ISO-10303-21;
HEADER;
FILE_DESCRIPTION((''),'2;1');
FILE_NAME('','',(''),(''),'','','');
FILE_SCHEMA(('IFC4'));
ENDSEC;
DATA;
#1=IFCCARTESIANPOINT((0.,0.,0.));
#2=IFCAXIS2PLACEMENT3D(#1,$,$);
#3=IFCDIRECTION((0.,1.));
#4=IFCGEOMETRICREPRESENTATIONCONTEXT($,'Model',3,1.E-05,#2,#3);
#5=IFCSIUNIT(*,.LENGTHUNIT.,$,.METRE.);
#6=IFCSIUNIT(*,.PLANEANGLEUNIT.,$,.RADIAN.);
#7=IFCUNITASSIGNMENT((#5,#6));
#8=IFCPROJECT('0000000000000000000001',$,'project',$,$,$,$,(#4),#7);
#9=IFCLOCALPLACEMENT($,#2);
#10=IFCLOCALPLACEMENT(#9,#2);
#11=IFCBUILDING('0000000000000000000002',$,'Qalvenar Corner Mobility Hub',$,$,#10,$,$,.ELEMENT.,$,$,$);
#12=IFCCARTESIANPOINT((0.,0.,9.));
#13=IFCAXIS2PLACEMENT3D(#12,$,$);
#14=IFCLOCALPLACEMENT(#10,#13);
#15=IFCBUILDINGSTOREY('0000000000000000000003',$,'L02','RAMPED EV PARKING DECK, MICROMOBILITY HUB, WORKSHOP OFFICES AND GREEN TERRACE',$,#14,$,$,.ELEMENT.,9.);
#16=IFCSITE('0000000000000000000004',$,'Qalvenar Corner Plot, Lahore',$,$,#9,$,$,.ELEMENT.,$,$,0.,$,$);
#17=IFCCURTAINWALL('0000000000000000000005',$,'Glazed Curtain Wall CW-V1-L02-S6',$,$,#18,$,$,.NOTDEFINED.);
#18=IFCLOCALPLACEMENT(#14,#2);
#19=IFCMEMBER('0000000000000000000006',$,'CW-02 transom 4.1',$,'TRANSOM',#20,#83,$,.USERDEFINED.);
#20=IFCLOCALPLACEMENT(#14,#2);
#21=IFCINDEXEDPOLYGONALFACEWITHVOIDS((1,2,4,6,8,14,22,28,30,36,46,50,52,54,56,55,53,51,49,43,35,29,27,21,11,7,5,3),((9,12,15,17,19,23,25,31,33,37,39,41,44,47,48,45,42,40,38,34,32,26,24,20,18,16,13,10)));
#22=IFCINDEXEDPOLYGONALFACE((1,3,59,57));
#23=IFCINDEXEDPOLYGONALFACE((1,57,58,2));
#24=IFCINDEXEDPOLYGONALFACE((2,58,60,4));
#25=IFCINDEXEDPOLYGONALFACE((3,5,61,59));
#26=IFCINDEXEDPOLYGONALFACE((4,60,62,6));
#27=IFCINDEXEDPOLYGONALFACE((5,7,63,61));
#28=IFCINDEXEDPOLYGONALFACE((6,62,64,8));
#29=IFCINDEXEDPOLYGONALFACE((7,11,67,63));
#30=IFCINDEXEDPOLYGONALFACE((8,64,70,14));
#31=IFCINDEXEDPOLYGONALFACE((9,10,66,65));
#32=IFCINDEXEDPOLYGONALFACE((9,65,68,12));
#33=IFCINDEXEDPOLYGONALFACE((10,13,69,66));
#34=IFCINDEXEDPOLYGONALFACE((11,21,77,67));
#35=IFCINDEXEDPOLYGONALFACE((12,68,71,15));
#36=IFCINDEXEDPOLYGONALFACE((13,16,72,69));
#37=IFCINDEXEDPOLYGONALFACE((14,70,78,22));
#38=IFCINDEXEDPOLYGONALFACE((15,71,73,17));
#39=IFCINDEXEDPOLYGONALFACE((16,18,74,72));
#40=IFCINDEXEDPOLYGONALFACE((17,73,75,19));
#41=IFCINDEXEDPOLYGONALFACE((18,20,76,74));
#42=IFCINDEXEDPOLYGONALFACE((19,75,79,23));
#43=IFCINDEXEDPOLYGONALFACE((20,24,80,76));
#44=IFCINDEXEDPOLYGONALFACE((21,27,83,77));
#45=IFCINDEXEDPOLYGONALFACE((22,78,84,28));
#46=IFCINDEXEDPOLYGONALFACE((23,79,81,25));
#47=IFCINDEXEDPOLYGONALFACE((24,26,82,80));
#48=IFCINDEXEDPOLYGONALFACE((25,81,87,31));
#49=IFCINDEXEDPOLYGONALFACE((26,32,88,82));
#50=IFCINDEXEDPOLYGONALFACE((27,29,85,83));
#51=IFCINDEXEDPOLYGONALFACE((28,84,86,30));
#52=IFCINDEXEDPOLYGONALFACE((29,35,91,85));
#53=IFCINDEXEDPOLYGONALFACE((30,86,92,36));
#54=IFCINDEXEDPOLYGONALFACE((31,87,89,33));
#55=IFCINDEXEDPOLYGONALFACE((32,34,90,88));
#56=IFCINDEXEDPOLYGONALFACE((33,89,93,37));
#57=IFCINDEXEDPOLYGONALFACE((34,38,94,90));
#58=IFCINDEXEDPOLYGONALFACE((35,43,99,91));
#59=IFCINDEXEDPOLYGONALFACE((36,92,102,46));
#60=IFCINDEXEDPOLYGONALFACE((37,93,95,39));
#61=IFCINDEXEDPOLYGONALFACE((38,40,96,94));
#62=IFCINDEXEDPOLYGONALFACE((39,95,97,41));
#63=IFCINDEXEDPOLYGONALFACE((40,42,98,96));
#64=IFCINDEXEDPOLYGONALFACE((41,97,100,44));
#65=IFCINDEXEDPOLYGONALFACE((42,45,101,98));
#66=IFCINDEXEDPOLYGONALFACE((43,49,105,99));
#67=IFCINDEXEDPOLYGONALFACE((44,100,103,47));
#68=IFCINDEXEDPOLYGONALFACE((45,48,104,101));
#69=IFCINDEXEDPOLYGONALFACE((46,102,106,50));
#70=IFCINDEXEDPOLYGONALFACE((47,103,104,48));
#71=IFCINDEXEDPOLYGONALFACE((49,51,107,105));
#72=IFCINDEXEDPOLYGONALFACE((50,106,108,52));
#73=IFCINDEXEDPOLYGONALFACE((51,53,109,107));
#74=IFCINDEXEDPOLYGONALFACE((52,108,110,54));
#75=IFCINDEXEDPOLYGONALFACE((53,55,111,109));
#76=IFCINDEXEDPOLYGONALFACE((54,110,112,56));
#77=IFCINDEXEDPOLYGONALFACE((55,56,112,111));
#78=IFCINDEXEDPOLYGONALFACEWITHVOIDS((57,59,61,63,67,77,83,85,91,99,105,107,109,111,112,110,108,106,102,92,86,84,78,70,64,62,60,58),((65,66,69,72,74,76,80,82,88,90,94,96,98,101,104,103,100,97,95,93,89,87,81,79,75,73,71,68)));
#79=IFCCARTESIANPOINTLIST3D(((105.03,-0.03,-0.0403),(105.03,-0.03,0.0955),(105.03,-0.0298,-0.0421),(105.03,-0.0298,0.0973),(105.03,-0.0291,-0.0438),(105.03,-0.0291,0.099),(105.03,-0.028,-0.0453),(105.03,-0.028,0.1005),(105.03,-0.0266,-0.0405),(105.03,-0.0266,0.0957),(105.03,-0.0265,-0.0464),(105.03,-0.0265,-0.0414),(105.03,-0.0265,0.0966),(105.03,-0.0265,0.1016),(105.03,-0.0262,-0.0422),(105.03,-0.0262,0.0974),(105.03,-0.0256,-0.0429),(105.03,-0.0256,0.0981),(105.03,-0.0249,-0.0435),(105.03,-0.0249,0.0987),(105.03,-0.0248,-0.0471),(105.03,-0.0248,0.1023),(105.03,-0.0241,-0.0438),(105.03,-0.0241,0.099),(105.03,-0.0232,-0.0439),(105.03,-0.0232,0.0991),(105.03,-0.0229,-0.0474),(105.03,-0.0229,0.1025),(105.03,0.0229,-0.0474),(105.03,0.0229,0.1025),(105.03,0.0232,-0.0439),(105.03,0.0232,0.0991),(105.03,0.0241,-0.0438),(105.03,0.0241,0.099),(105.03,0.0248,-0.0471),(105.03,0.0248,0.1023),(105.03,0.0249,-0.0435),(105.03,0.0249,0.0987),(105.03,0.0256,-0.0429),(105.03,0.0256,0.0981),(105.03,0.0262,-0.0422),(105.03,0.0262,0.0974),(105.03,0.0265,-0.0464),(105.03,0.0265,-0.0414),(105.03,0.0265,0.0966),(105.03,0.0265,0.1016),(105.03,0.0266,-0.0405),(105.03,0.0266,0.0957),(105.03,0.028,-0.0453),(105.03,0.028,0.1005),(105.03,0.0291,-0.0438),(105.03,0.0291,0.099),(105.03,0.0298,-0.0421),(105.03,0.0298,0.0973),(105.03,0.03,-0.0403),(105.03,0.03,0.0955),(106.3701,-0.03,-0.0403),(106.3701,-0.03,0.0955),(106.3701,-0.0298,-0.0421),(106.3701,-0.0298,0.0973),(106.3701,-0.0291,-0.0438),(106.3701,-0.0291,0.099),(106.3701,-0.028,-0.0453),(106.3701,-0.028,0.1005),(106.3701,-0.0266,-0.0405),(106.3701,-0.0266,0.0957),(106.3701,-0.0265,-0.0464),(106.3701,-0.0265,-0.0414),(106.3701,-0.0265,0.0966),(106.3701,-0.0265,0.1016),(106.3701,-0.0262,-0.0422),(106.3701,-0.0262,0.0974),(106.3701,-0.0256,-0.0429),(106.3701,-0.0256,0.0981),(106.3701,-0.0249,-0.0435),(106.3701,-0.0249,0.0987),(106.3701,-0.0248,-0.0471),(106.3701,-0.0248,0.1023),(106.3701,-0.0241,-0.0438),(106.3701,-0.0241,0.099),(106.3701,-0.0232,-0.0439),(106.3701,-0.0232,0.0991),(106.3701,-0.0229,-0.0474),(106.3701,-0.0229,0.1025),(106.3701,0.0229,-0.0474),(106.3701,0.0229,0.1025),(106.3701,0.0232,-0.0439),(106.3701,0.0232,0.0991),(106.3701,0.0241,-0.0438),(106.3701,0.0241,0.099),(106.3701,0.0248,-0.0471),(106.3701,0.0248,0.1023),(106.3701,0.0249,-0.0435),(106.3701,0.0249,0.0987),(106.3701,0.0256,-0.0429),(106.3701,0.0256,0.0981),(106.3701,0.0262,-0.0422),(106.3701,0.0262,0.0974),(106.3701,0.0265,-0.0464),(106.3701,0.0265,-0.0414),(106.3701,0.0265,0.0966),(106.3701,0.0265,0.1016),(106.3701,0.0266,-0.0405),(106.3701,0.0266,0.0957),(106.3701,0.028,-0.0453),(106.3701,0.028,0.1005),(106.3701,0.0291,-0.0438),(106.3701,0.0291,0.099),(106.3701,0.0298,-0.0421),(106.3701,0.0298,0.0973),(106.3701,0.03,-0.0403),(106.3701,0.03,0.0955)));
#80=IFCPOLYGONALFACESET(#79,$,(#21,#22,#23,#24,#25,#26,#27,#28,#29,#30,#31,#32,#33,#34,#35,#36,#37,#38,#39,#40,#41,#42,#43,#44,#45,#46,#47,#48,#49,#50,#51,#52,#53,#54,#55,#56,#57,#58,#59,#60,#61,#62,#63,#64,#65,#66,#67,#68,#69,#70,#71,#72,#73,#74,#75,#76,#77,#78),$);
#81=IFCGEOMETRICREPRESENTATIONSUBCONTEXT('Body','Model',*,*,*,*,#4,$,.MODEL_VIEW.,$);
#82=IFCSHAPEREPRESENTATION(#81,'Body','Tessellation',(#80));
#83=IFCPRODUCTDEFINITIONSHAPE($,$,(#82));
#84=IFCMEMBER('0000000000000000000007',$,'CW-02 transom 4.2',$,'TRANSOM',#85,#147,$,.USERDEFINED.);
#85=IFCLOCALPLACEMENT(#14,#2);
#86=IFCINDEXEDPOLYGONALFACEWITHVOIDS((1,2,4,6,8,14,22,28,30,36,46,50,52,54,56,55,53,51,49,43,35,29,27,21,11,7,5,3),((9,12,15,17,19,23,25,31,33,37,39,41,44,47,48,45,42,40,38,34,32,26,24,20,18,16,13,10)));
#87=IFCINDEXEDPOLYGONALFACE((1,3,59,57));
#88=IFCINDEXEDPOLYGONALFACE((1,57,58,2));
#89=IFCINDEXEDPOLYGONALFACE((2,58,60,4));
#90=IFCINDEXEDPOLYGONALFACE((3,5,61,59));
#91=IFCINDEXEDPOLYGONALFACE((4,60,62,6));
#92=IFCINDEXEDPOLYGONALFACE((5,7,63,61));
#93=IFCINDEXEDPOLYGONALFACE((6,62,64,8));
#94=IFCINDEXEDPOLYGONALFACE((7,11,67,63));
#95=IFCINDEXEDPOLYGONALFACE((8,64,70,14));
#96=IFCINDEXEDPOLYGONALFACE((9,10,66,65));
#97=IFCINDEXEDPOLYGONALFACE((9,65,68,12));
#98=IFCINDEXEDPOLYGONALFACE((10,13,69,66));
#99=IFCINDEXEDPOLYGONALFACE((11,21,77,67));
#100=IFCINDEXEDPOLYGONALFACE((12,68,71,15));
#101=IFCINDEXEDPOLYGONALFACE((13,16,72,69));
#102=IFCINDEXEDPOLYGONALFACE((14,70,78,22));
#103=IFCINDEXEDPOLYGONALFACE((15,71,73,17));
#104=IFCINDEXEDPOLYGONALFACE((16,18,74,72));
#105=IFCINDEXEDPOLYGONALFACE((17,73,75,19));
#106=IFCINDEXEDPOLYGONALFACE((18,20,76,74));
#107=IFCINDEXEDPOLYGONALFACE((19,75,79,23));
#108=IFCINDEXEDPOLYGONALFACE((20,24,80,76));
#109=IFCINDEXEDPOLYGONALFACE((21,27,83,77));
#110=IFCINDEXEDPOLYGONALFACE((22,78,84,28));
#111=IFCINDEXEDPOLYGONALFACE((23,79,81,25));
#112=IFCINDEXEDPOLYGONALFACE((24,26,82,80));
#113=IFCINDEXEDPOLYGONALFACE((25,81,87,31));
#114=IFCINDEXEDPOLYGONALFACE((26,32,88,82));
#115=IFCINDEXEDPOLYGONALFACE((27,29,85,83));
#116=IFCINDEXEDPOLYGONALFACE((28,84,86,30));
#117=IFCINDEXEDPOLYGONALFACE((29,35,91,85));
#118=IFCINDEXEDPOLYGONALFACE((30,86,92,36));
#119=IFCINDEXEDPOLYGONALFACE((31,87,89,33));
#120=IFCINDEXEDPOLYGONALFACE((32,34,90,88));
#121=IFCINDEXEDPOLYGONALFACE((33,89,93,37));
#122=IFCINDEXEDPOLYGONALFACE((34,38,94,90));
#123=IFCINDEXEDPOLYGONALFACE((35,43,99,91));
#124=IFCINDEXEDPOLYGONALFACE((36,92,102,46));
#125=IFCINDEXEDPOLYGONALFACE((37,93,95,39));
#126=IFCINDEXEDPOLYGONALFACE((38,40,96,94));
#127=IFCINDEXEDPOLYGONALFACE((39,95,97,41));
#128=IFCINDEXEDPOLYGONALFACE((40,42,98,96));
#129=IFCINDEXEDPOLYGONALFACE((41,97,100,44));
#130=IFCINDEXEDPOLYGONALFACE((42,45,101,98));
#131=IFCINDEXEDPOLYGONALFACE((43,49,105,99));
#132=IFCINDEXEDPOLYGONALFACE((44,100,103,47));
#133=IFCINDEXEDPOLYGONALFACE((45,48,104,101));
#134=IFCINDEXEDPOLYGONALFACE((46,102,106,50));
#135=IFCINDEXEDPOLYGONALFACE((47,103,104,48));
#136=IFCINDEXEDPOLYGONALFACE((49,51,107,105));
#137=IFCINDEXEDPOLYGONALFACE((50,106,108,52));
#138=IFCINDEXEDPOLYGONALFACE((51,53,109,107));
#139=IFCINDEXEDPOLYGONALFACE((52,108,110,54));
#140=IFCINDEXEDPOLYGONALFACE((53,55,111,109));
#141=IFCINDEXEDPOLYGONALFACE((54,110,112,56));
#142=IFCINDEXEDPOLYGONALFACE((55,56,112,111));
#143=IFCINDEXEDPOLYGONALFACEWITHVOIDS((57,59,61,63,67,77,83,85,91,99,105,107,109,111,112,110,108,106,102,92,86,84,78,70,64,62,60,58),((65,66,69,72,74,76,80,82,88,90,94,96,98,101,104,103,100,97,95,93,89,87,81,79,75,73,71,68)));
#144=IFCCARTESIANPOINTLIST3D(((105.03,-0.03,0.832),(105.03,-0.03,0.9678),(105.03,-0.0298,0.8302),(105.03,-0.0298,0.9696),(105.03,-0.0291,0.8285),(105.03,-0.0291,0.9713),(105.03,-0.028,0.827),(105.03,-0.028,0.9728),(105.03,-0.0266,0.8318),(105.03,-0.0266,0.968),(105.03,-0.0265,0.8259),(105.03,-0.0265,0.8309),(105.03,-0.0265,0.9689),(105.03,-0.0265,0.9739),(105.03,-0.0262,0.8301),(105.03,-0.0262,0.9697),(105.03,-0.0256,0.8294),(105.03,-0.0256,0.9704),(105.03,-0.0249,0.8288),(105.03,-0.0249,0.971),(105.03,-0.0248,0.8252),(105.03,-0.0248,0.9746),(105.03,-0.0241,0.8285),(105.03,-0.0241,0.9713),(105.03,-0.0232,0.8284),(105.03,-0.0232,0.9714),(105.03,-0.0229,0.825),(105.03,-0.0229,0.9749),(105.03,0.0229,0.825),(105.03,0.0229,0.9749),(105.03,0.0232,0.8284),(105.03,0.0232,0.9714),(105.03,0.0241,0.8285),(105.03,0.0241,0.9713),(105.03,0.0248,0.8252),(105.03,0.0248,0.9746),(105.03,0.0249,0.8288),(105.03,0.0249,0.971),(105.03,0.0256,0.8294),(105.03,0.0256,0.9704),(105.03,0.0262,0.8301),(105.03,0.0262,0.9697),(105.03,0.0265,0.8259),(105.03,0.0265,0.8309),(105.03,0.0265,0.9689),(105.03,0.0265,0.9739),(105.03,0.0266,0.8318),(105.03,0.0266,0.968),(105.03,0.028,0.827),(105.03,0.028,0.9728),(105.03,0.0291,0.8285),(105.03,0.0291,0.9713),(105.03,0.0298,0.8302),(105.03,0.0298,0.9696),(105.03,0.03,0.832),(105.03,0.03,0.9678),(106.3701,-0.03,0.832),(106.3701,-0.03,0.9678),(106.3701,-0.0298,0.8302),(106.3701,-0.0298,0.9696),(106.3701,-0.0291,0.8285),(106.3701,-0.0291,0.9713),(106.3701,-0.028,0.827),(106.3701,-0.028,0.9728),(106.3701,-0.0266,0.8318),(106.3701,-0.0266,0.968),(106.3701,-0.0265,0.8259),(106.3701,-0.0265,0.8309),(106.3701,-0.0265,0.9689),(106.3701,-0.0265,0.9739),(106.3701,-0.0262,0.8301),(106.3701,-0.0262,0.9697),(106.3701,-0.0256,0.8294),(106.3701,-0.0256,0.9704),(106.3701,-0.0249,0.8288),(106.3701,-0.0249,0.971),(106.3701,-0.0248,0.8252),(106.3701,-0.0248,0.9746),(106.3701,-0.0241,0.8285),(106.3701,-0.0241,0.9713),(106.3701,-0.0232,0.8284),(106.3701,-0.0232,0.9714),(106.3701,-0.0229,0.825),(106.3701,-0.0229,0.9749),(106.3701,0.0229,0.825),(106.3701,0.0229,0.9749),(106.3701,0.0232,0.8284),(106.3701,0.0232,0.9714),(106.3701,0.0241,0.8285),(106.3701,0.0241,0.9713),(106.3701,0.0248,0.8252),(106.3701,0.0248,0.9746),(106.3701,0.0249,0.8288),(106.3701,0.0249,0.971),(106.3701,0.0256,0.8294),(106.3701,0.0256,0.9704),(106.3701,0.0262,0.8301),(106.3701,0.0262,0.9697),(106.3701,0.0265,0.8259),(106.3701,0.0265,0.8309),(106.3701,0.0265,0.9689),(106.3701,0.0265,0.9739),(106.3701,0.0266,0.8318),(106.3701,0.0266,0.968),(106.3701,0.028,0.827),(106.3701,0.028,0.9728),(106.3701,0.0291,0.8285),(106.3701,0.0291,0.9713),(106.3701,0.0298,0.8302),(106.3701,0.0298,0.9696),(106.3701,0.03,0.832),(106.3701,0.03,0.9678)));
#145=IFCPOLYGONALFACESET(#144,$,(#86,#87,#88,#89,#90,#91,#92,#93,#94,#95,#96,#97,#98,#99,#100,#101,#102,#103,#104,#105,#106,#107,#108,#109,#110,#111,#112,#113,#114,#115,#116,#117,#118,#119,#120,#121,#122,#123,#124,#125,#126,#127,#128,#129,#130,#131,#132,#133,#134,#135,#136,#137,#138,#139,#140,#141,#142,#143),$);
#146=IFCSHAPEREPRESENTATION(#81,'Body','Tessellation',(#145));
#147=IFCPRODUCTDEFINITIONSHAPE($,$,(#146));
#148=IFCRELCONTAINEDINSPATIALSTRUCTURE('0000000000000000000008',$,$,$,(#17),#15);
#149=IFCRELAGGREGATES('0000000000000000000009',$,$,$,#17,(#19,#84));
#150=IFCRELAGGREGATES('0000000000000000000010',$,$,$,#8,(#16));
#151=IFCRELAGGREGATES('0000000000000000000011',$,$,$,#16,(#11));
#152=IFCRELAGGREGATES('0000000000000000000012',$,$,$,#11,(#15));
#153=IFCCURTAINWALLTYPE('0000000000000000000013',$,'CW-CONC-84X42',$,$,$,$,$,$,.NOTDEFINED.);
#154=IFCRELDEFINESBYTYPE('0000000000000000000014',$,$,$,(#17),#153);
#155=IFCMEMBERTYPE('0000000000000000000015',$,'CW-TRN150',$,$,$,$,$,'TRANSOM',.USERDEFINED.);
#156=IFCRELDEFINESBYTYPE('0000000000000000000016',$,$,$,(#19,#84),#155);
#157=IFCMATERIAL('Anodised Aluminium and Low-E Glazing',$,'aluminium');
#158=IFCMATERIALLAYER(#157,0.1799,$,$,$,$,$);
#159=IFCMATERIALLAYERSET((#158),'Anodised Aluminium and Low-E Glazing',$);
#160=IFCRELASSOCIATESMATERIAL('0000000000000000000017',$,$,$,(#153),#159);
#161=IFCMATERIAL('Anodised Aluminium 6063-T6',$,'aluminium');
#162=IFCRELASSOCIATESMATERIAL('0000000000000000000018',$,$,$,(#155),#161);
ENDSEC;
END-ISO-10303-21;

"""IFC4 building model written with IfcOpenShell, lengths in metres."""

from ifc_helpers import new_model, si_unit, direction, frame, origin, origin_2d, place, context, subcontext, project, spatial, hollow_rectangle, extrude, material, layer, layer_set, material_profile, profile_set, type_object, element, aggregate, save


model = new_model("IFC4")

# Units and contexts
model_context = context("Model", 3, precision=1e-05, world=origin(), true_north=direction((0.0, 1.0)))
body_context = subcontext(model_context, "Body", "Model", "MODEL_VIEW")
ifc_project = project(units=[si_unit("LENGTHUNIT", "METRE"), si_unit("PLANEANGLEUNIT", "RADIAN")], contexts=[model_context])

# Site, building, storey
site_placement = place(None, origin())
site = spatial("IfcSite", under=ifc_project, at=site_placement, Name="Qalvenar Corner Plot, Lahore", CompositionType="ELEMENT", RefElevation=0.0)
building_placement = place(site_placement, origin())
building = spatial("IfcBuilding", under=site, at=building_placement, Name="Qalvenar Corner Mobility Hub", CompositionType="ELEMENT")
storey_placement = place(building_placement, frame((0.0, 0.0, 9.0)))
storey = spatial("IfcBuildingStorey", under=building, at=storey_placement, Name="L02", Description="RAMPED EV PARKING DECK, MICROMOBILITY HUB, WORKSHOP OFFICES AND GREEN TERRACE", CompositionType="ELEMENT", Elevation=9.0)

# Curtain wall, members
ifc_material_1 = material(Name="Anodised Aluminium and Low-E Glazing", Category="aluminium")
ifc_layer_1 = layer(ifc_material_1, 0.1799)
ifc_layer_set_1 = layer_set([ifc_layer_1], Name="Anodised Aluminium and Low-E Glazing")
curtain_wall_type = type_object("IfcCurtainWallType", Name="CW-CONC-84X42", PredefinedType="NOTDEFINED", material=ifc_layer_set_1)
curtain_wall_placement = place(storey_placement, origin())
curtain_wall = element("IfcCurtainWall", 1, at=curtain_wall_placement, inside=storey, type_object=curtain_wall_type, Name="Glazed Curtain Wall CW-V1-L02-S6", PredefinedType="NOTDEFINED")
ifc_material_2 = material(Name="Anodised Aluminium 6063-T6", Category="aluminium")
ifc_material_profile_1 = material_profile(ifc_material_2, hollow_rectangle(XDim=0.0601, YDim=0.1499, WallThickness=0.0034, InnerFilletRadius=0.0034, OuterFilletRadius=0.0071, at=origin_2d()), Name="RHS150x60x3.5")
ifc_profile_set_1 = profile_set([ifc_material_profile_1], Name="Anodised Aluminium 6063-T6")
member_type_1 = type_object("IfcMemberType", Name="CW-TRN150", ElementType="TRANSOM", PredefinedType="USERDEFINED", material=ifc_profile_set_1)
member_1_placement = place(storey_placement, frame((105.03, 0.0, 0.0276), z_axis=(1.0, 0.0, 0.0), x_axis=(0.0, 1.0, 0.0)))
member_1 = element("IfcMember", 2, at=member_1_placement, type_object=member_type_1, Name="CW-02 transom 4.1", ObjectType="TRANSOM", PredefinedType="USERDEFINED", context=body_context, shape_type="SweptSolid", body=[
    extrude(hollow_rectangle(XDim=0.0601, YDim=0.1499, WallThickness=0.0034, InnerFilletRadius=0.0034, OuterFilletRadius=0.0071, at=origin_2d()), origin(), (0.0, 0.0, 1.0), 1.3401),
])
member_2_placement = place(storey_placement, frame((105.03, 0.0, 0.8999), z_axis=(1.0, 0.0, 0.0), x_axis=(0.0, 1.0, 0.0)))
member_2 = element("IfcMember", 3, at=member_2_placement, type_object=member_type_1, Name="CW-02 transom 4.2", ObjectType="TRANSOM", PredefinedType="USERDEFINED", context=body_context, shape_type="SweptSolid", body=[
    extrude(hollow_rectangle(XDim=0.0601, YDim=0.1499, WallThickness=0.0034, InnerFilletRadius=0.0034, OuterFilletRadius=0.0071, at=origin_2d()), origin(), (0.0, 0.0, 1.0), 1.3401),
])
aggregate(curtain_wall, [member_1, member_2])

save(model, "model.ifc")
